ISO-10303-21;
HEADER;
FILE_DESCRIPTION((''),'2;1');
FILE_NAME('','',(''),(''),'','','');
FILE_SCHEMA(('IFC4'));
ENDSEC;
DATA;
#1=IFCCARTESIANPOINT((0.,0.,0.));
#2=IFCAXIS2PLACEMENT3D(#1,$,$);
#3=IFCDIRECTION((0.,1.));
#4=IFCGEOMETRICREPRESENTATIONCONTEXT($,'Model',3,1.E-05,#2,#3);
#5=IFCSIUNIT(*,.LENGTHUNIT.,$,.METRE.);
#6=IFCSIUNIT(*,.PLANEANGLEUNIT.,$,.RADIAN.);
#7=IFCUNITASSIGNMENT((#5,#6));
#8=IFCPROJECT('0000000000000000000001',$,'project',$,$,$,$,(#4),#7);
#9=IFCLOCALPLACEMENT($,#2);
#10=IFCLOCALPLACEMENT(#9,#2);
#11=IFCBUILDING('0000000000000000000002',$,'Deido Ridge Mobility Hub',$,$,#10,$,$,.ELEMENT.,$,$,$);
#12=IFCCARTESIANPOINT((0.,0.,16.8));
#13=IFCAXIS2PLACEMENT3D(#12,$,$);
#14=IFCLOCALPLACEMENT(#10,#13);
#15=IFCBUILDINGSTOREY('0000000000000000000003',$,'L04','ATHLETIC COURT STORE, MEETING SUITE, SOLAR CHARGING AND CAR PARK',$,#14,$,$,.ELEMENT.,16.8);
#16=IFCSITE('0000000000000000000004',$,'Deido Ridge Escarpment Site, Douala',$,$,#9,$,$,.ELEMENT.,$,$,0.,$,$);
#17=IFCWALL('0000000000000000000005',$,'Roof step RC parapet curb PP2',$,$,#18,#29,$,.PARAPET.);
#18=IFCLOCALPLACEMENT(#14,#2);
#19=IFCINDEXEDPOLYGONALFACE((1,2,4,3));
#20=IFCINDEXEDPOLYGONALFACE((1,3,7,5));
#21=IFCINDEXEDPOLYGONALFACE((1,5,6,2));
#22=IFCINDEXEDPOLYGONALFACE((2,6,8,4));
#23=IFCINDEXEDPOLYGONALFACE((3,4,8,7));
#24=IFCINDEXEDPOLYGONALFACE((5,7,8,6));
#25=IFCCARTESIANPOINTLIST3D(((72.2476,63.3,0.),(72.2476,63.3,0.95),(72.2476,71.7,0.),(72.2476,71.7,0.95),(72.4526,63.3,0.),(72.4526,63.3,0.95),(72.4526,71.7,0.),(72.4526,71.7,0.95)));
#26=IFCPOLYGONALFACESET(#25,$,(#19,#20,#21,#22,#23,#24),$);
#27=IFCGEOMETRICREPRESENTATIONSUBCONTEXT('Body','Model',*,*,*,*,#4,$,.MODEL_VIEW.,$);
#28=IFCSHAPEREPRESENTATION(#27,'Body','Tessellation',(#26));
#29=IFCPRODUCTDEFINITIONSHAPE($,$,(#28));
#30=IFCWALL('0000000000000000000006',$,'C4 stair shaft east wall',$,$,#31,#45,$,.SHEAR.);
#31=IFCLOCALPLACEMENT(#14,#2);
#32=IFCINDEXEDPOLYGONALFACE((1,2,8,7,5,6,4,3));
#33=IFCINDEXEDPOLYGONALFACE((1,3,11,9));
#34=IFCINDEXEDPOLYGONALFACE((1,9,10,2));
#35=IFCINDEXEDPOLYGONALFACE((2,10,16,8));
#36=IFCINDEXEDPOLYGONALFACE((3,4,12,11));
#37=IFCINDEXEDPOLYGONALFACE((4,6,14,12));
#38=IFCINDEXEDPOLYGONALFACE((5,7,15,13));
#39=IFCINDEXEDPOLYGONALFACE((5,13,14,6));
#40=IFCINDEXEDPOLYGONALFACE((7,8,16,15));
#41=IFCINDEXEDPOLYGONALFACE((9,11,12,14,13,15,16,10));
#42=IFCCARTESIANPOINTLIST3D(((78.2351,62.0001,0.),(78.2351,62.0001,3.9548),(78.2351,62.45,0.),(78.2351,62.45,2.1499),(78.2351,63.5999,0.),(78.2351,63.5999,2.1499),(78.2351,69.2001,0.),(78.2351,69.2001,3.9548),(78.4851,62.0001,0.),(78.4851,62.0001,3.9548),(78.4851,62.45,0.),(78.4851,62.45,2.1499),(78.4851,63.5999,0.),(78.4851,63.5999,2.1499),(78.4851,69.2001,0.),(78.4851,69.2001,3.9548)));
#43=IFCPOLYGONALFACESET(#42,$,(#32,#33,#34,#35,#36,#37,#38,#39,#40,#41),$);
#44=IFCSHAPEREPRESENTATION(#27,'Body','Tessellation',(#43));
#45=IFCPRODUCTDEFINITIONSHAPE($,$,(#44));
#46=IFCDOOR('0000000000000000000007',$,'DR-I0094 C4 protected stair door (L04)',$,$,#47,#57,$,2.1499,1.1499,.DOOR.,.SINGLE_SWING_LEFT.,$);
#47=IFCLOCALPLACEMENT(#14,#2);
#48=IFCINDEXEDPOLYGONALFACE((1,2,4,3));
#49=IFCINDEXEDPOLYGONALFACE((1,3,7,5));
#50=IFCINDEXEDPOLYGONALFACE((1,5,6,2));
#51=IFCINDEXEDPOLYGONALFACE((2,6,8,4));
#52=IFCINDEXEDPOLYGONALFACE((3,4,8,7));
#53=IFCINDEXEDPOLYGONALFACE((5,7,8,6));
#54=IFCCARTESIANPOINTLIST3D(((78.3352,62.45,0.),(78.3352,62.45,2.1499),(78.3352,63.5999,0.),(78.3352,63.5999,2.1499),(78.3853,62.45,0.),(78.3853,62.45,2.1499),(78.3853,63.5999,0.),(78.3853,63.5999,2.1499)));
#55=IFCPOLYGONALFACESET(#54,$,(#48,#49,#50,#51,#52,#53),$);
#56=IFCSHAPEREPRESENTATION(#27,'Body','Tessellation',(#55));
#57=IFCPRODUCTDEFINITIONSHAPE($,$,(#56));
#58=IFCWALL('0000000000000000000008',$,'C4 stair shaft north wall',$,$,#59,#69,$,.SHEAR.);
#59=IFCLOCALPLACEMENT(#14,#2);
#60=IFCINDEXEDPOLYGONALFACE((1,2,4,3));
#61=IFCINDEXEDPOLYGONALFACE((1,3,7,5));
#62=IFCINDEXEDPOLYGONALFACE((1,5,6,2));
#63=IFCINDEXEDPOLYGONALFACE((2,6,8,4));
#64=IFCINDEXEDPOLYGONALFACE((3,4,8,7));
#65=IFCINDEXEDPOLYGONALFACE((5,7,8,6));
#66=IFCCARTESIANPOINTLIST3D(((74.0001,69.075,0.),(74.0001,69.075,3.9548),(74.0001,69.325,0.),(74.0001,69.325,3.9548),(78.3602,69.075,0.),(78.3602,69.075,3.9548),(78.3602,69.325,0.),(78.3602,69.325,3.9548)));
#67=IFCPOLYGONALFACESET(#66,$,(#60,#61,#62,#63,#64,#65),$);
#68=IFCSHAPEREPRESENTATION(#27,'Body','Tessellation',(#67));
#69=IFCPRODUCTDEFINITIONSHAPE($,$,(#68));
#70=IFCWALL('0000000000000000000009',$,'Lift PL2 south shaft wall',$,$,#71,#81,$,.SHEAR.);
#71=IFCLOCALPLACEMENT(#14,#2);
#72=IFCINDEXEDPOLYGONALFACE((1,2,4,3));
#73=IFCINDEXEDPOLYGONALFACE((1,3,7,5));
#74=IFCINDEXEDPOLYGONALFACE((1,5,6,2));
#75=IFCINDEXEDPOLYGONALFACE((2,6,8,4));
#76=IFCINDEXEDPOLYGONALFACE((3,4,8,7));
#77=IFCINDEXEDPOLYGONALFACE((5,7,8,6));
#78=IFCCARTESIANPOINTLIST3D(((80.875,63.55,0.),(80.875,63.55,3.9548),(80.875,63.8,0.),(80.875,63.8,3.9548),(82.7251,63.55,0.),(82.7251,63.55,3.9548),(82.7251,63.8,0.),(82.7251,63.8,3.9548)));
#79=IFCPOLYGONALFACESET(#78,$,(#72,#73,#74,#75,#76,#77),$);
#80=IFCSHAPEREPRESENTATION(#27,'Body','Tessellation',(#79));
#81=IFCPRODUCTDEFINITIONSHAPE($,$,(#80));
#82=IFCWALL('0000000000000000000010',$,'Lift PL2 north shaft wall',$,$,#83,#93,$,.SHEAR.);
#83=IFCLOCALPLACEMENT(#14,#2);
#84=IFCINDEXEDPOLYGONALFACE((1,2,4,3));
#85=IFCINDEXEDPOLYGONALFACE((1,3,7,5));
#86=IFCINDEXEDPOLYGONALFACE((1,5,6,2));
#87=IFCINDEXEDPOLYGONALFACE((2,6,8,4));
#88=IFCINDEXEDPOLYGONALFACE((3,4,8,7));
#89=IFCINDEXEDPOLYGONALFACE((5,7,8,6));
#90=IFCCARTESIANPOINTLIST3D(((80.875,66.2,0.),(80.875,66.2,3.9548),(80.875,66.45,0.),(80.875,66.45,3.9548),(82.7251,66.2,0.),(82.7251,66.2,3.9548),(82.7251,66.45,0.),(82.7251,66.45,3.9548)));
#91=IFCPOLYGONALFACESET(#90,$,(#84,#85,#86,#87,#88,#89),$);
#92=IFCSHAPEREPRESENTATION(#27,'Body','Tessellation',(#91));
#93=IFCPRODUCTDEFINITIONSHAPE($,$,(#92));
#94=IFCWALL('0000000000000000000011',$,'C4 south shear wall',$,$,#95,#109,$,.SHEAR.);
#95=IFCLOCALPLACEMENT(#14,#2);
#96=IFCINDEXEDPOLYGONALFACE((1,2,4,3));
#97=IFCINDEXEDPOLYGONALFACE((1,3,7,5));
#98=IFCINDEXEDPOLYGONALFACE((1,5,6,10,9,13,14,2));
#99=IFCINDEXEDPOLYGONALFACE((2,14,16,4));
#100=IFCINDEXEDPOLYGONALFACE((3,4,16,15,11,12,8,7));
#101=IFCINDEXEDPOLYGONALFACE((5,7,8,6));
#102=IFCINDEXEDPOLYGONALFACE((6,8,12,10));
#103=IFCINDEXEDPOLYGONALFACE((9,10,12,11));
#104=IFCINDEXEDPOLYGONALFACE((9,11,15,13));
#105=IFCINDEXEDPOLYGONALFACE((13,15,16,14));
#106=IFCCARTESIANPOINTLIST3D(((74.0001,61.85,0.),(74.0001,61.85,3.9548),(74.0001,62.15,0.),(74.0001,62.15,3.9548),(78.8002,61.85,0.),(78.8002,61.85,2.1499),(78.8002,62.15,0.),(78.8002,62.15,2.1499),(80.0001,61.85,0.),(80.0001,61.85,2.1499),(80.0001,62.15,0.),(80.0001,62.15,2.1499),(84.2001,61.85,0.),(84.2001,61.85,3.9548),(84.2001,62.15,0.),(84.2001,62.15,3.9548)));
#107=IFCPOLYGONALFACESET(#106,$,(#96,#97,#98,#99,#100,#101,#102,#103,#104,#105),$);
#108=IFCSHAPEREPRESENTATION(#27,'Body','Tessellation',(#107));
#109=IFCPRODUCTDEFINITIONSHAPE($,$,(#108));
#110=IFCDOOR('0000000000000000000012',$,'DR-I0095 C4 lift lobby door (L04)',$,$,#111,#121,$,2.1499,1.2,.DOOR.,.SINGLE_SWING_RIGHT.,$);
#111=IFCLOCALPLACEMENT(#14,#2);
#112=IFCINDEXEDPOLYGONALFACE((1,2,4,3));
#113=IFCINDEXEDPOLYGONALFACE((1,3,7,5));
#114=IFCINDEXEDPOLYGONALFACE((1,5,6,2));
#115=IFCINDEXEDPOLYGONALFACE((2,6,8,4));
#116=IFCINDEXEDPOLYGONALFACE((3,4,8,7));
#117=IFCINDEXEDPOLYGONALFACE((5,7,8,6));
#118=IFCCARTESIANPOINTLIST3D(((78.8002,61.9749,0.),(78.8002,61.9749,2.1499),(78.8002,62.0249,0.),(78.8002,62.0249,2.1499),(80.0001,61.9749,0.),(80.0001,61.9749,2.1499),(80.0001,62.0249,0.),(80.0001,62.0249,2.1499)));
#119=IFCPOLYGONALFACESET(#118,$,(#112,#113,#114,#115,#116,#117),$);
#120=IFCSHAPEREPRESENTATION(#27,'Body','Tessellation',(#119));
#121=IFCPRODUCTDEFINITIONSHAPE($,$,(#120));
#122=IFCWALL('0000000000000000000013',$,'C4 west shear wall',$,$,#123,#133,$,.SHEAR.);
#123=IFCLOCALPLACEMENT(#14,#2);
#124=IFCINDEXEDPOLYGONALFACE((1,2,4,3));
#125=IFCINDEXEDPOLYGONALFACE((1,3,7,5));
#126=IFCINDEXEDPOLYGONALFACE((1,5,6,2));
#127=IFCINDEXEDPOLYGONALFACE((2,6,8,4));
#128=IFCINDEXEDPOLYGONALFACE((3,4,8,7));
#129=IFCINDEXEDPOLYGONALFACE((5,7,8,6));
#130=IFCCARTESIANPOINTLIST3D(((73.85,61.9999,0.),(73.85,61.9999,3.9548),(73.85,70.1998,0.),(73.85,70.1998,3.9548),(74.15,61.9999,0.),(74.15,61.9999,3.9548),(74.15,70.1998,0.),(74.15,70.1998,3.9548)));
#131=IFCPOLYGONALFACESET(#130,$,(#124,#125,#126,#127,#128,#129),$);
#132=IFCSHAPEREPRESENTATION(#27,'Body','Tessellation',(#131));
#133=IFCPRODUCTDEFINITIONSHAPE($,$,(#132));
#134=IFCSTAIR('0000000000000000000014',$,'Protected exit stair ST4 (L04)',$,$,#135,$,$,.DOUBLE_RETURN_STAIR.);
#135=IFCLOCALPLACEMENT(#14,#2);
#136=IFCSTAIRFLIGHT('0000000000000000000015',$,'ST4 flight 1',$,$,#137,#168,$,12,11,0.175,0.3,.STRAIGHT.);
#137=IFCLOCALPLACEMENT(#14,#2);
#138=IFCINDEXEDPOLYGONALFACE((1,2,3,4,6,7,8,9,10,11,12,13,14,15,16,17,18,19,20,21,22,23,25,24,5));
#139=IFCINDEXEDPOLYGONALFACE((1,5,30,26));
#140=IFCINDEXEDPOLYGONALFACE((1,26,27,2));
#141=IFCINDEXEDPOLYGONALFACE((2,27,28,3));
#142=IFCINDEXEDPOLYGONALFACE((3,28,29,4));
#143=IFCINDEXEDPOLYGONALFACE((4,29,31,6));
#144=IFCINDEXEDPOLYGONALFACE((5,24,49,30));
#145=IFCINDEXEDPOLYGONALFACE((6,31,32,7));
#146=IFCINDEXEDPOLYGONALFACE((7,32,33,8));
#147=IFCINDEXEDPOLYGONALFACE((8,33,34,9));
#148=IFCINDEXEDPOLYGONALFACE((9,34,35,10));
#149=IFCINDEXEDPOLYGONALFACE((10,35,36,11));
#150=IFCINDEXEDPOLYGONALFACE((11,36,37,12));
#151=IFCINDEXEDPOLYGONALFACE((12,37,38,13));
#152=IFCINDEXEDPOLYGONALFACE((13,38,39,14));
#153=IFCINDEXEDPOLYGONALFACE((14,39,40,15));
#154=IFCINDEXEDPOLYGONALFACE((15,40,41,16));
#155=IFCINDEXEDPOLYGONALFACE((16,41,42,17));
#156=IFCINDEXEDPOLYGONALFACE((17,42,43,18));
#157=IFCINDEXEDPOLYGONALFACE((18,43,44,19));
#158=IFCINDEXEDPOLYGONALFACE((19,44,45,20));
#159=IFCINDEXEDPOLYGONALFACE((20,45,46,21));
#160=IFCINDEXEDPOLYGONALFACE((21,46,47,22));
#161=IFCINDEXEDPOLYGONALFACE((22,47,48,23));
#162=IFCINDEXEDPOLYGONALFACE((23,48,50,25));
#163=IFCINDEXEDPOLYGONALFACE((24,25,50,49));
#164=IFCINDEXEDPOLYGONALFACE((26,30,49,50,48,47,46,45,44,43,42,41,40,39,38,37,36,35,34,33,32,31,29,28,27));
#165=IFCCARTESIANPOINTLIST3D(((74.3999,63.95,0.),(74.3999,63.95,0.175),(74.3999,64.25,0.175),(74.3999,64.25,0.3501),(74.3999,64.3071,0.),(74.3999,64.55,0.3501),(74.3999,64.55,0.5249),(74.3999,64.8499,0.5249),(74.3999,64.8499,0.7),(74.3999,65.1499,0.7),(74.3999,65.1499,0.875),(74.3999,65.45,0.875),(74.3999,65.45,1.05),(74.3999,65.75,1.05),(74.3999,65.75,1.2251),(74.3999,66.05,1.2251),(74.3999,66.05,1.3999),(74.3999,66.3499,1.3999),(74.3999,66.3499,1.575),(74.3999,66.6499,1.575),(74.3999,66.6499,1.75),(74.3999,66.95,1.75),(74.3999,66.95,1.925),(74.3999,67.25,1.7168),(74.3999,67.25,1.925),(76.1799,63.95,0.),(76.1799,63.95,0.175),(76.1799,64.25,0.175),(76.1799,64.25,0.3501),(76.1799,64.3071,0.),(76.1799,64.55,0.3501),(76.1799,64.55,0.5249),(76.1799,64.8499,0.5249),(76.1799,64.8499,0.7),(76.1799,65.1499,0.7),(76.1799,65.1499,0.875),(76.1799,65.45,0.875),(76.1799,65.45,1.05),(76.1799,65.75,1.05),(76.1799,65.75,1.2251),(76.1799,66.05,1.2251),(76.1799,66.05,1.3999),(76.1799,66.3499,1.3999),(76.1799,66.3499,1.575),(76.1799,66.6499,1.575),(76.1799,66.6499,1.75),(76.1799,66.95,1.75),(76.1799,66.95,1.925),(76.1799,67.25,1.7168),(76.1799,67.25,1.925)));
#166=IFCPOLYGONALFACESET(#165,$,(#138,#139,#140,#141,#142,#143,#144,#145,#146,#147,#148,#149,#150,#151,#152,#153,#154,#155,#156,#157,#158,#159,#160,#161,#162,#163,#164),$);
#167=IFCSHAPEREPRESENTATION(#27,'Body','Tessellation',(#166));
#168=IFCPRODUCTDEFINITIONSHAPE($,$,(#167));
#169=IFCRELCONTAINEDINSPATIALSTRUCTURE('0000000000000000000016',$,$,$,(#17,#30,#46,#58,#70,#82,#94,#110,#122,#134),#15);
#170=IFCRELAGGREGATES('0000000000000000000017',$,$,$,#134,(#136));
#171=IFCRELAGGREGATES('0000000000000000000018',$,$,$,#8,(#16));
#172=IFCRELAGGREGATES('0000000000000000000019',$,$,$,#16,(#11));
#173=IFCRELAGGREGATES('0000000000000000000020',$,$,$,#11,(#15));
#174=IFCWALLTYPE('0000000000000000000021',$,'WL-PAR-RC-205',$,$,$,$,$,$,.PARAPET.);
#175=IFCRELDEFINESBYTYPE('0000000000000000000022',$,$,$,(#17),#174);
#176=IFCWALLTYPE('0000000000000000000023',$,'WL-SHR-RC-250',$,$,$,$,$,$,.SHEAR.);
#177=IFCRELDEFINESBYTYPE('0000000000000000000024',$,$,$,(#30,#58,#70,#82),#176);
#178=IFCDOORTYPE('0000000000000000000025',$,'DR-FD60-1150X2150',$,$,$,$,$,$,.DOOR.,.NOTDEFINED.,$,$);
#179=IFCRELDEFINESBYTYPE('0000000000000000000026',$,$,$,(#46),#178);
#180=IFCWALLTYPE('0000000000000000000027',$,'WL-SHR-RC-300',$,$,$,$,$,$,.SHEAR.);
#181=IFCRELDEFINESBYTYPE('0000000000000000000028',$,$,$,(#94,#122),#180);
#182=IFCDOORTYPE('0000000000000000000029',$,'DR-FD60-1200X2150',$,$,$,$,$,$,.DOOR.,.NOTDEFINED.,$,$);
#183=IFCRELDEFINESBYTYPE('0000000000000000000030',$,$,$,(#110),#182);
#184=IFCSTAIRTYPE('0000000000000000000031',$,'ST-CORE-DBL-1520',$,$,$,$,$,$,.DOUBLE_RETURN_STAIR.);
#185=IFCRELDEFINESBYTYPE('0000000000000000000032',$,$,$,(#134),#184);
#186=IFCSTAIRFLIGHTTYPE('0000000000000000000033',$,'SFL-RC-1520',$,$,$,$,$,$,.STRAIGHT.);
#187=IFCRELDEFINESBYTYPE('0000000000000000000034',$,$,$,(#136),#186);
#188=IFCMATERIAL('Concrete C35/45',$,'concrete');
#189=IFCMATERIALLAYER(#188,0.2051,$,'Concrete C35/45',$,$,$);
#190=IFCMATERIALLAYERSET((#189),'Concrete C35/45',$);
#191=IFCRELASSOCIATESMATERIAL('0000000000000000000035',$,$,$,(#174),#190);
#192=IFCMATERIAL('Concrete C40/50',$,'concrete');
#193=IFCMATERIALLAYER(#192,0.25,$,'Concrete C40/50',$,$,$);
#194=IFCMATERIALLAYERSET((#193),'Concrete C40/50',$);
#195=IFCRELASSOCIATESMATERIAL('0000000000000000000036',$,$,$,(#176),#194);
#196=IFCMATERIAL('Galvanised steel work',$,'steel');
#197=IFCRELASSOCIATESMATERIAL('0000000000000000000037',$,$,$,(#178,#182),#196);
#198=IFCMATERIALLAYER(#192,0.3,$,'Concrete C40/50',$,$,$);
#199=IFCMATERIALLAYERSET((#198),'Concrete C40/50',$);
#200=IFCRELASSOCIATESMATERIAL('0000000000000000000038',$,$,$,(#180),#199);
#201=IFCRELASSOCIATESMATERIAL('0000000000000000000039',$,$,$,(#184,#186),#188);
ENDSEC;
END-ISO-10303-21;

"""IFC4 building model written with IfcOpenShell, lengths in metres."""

from ifc_helpers import new_model, si_unit, direction, frame, frame_2d, origin, place, context, subcontext, project, spatial, polyline, rectangle, outline, extrude, material, layer, layer_set, type_object, element, fill, aggregate, save


model = new_model("IFC4")

# Units and contexts
model_context = context("Model", 3, precision=1e-05, world=origin(), true_north=direction((0.0, 1.0)))
body_context = subcontext(model_context, "Body", "Model", "MODEL_VIEW")
ifc_project = project(units=[si_unit("LENGTHUNIT", "METRE"), si_unit("PLANEANGLEUNIT", "RADIAN")], contexts=[model_context])

# Site, building, storey
site_placement = place(None, origin())
site = spatial("IfcSite", under=ifc_project, at=site_placement, Name="Deido Ridge Escarpment Site, Douala", CompositionType="ELEMENT", RefElevation=0.0)
building_placement = place(site_placement, origin())
building = spatial("IfcBuilding", under=site, at=building_placement, Name="Deido Ridge Mobility Hub", CompositionType="ELEMENT")
storey_placement = place(building_placement, frame((0.0, 0.0, 16.8)))
storey = spatial("IfcBuildingStorey", under=building, at=storey_placement, Name="L04", Description="ATHLETIC COURT STORE, MEETING SUITE, SOLAR CHARGING AND CAR PARK", CompositionType="ELEMENT", Elevation=16.8)

# Wall
ifc_material_1 = material(Name="Concrete C35/45", Category="concrete")
ifc_layer_1 = layer(ifc_material_1, 0.2051, Name="Concrete C35/45")
ifc_layer_set_1 = layer_set([ifc_layer_1], Name="Concrete C35/45")
wall_type_1 = type_object("IfcWallType", Name="WL-PAR-RC-205", PredefinedType="PARAPET", material=ifc_layer_set_1)
wall_1_placement = place(storey_placement, frame((72.3501, 63.3, 0.0), z_axis=(0.0, 0.0, 1.0), x_axis=(0.0, 1.0, 0.0)))
element("IfcWall", 1, at=wall_1_placement, inside=storey, type_object=wall_type_1, Name="Roof step RC parapet curb PP2", PredefinedType="PARAPET", context=body_context, shape_type="SweptSolid", body=[
    extrude(rectangle(XDim=8.3999, YDim=0.2051, at=frame_2d((4.2, 0.0))), origin(), (0.0, 0.0, 1.0), 0.95),
])

# Wall, opening, door
ifc_material_2 = material(Name="Concrete C40/50", Category="concrete")
ifc_layer_2 = layer(ifc_material_2, 0.25, Name="Concrete C40/50")
ifc_layer_set_2 = layer_set([ifc_layer_2], Name="Concrete C40/50")
wall_type_2 = type_object("IfcWallType", Name="WL-SHR-RC-250", PredefinedType="SHEAR", material=ifc_layer_set_2)
wall_2_placement = place(storey_placement, frame((78.3601, 62.0, 0.0), z_axis=(0.0, 0.0, 1.0), x_axis=(0.0, 1.0, 0.0)))
wall_2 = element("IfcWall", 2, at=wall_2_placement, inside=storey, type_object=wall_type_2, Name="C4 stair shaft east wall", PredefinedType="SHEAR", context=body_context, shape_type="SweptSolid", body=[
    extrude(rectangle(XDim=7.2, YDim=0.25, at=frame_2d((3.6001, 0.0))), origin(), (0.0, 0.0, 1.0), 3.9548),
])
opening_1_placement = place(wall_2_placement, frame((0.45, 0.0, 0.0)))
opening_1 = element("IfcOpeningElement", 3, at=opening_1_placement, cuts=wall_2, PredefinedType="OPENING", context=body_context, shape_type="SweptSolid", body=[
    extrude(rectangle(XDim=1.1499, YDim=2.1499, at=frame_2d((0.575, 1.075))), frame((0.0, 0.135, 0.0), z_axis=(0.0, -1.0, 0.0), x_axis=(1.0, 0.0, 0.0)), (0.0, 0.0, 1.0), 0.27),
])
ifc_material_3 = material(Name="Galvanised steel work", Category="steel")
door_type_1 = type_object("IfcDoorType", Name="DR-FD60-1150X2150", OperationType="NOTDEFINED", PredefinedType="DOOR", material=ifc_material_3)
door_1_placement = place(opening_1_placement, origin())
door_1 = element("IfcDoor", 4, at=door_1_placement, inside=storey, type_object=door_type_1, Name="DR-I0094 C4 protected stair door (L04)", OperationType="SINGLE_SWING_LEFT", OverallHeight=2.1499, OverallWidth=1.1499, PredefinedType="DOOR", context=body_context, shape_type="SweptSolid", body=[
    extrude(rectangle(XDim=1.1499, YDim=2.1499, at=frame_2d((0.575, 1.075))), frame((0.0, 0.0249, 0.0), z_axis=(0.0, -1.0, 0.0), x_axis=(1.0, 0.0, 0.0)), (0.0, 0.0, 1.0), 0.05),
])
fill(opening_1, door_1)

# Walls
wall_3_placement = place(storey_placement, frame((74.0, 69.2, 0.0), z_axis=(0.0, 0.0, 1.0), x_axis=(1.0, 0.0, 0.0)))
element("IfcWall", 5, at=wall_3_placement, inside=storey, type_object=wall_type_2, Name="C4 stair shaft north wall", PredefinedType="SHEAR", context=body_context, shape_type="SweptSolid", body=[
    extrude(rectangle(XDim=4.3601, YDim=0.25, at=frame_2d((2.1802, 0.0))), origin(), (0.0, 0.0, 1.0), 3.9548),
])
for number, where, z_axis, x_axis, name in (
    (6, (80.875, 63.675, 0.0), (0.0, 0.0, 1.0), (1.0, 0.0, 0.0), "Lift PL2 south shaft wall"),
    (7, (80.875, 66.325, 0.0), (0.0, 0.0, 1.0), (1.0, 0.0, 0.0), "Lift PL2 north shaft wall"),
):
    element("IfcWall", number, at=place(storey_placement, frame(where, z_axis=z_axis, x_axis=x_axis)), inside=storey, type_object=wall_type_2, Name=name, PredefinedType="SHEAR", context=body_context, shape_type="SweptSolid", body=[
        extrude(rectangle(XDim=1.8501, YDim=0.25, at=frame_2d((0.925, 0.0))), origin(), (0.0, 0.0, 1.0), 3.9548),
    ])

# Wall, opening, door
ifc_layer_3 = layer(ifc_material_2, 0.3, Name="Concrete C40/50")
ifc_layer_set_3 = layer_set([ifc_layer_3], Name="Concrete C40/50")
wall_type_3 = type_object("IfcWallType", Name="WL-SHR-RC-300", PredefinedType="SHEAR", material=ifc_layer_set_3)
wall_4_placement = place(storey_placement, frame((74.0, 62.0, 0.0), z_axis=(0.0, 0.0, 1.0), x_axis=(1.0, 0.0, 0.0)))
wall_4 = element("IfcWall", 8, at=wall_4_placement, inside=storey, type_object=wall_type_3, Name="C4 south shear wall", PredefinedType="SHEAR", context=body_context, shape_type="SweptSolid", body=[
    extrude(rectangle(XDim=10.2, YDim=0.3, at=frame_2d((5.1001, 0.0))), origin(), (0.0, 0.0, 1.0), 3.9548),
])
opening_2_placement = place(wall_4_placement, frame((4.8, 0.0, 0.0)))
opening_2 = element("IfcOpeningElement", 9, at=opening_2_placement, cuts=wall_4, PredefinedType="OPENING", context=body_context, shape_type="SweptSolid", body=[
    extrude(rectangle(XDim=1.2, YDim=2.1499, at=frame_2d((0.6001, 1.075))), frame((0.0, 0.1602, 0.0), z_axis=(0.0, -1.0, 0.0), x_axis=(1.0, 0.0, 0.0)), (0.0, 0.0, 1.0), 0.3201),
])
door_type_2 = type_object("IfcDoorType", Name="DR-FD60-1200X2150", OperationType="NOTDEFINED", PredefinedType="DOOR", material=ifc_material_3)
door_2_placement = place(opening_2_placement, origin())
door_2 = element("IfcDoor", 10, at=door_2_placement, inside=storey, type_object=door_type_2, Name="DR-I0095 C4 lift lobby door (L04)", OperationType="SINGLE_SWING_RIGHT", OverallHeight=2.1499, OverallWidth=1.2, PredefinedType="DOOR", context=body_context, shape_type="SweptSolid", body=[
    extrude(rectangle(XDim=1.2, YDim=2.1499, at=frame_2d((0.6001, 1.075))), frame((0.0, 0.0249, 0.0), z_axis=(0.0, -1.0, 0.0), x_axis=(1.0, 0.0, 0.0)), (0.0, 0.0, 1.0), 0.05),
])
fill(opening_2, door_2)

# Wall
wall_5_placement = place(storey_placement, frame((74.0, 70.2, 0.0), z_axis=(0.0, 0.0, 1.0), x_axis=(0.0, -1.0, 0.0)))
element("IfcWall", 11, at=wall_5_placement, inside=storey, type_object=wall_type_3, Name="C4 west shear wall", PredefinedType="SHEAR", context=body_context, shape_type="SweptSolid", body=[
    extrude(rectangle(XDim=8.2, YDim=0.3, at=frame_2d((4.1001, 0.0))), origin(), (0.0, 0.0, 1.0), 3.9548),
])

# Stair, stair flight
stair_type = type_object("IfcStairType", Name="ST-CORE-DBL-1520", PredefinedType="DOUBLE_RETURN_STAIR", material=ifc_material_1)
stair_placement = place(storey_placement, origin())
stair = element("IfcStair", 12, at=stair_placement, inside=storey, type_object=stair_type, Name="Protected exit stair ST4 (L04)", PredefinedType="DOUBLE_RETURN_STAIR")
stair_flight_type = type_object("IfcStairFlightType", Name="SFL-RC-1520", PredefinedType="STRAIGHT", material=ifc_material_1)
stair_flight_1_placement = place(storey_placement, frame((75.29, 63.95, 0.0), z_axis=(0.0, 0.0, 1.0), x_axis=(0.0, 1.0, 0.0)))
stair_flight_1 = element("IfcStairFlight", 13, at=stair_flight_1_placement, type_object=stair_flight_type, Name="ST4 flight 1", NumberOfRisers=12, NumberOfTreads=11, PredefinedType="STRAIGHT", RiserHeight=0.175, TreadLength=0.3, context=body_context, shape_type="SweptSolid", body=[
    extrude(outline(polyline([(0.0, 0.0), (0.0, 0.175), (0.3, 0.175), (0.3, 0.3501), (0.6001, 0.3501), (0.6001, 0.5249), (0.8999, 0.5249), (0.8999, 0.7), (1.2, 0.7), (1.2, 0.875), (1.5, 0.875), (1.5, 1.05), (1.8, 1.05), (1.8, 1.2251), (2.1001, 1.2251), (2.1001, 1.3999), (2.3999, 1.3999), (2.3999, 1.575), (2.7, 1.575), (2.7, 1.75), (3.0, 1.75), (3.0, 1.925), (3.3, 1.925), (3.3, 2.1001), (3.3, 1.7168), (0.3572, 0.0), (0.0, 0.0)])), frame((0.0, 0.8901, 0.0), z_axis=(0.0, -1.0, 0.0), x_axis=(1.0, 0.0, 0.0)), (0.0, 0.0, 1.0), 1.78),
])
aggregate(stair, [stair_flight_1])

save(model, "model.ifc")
